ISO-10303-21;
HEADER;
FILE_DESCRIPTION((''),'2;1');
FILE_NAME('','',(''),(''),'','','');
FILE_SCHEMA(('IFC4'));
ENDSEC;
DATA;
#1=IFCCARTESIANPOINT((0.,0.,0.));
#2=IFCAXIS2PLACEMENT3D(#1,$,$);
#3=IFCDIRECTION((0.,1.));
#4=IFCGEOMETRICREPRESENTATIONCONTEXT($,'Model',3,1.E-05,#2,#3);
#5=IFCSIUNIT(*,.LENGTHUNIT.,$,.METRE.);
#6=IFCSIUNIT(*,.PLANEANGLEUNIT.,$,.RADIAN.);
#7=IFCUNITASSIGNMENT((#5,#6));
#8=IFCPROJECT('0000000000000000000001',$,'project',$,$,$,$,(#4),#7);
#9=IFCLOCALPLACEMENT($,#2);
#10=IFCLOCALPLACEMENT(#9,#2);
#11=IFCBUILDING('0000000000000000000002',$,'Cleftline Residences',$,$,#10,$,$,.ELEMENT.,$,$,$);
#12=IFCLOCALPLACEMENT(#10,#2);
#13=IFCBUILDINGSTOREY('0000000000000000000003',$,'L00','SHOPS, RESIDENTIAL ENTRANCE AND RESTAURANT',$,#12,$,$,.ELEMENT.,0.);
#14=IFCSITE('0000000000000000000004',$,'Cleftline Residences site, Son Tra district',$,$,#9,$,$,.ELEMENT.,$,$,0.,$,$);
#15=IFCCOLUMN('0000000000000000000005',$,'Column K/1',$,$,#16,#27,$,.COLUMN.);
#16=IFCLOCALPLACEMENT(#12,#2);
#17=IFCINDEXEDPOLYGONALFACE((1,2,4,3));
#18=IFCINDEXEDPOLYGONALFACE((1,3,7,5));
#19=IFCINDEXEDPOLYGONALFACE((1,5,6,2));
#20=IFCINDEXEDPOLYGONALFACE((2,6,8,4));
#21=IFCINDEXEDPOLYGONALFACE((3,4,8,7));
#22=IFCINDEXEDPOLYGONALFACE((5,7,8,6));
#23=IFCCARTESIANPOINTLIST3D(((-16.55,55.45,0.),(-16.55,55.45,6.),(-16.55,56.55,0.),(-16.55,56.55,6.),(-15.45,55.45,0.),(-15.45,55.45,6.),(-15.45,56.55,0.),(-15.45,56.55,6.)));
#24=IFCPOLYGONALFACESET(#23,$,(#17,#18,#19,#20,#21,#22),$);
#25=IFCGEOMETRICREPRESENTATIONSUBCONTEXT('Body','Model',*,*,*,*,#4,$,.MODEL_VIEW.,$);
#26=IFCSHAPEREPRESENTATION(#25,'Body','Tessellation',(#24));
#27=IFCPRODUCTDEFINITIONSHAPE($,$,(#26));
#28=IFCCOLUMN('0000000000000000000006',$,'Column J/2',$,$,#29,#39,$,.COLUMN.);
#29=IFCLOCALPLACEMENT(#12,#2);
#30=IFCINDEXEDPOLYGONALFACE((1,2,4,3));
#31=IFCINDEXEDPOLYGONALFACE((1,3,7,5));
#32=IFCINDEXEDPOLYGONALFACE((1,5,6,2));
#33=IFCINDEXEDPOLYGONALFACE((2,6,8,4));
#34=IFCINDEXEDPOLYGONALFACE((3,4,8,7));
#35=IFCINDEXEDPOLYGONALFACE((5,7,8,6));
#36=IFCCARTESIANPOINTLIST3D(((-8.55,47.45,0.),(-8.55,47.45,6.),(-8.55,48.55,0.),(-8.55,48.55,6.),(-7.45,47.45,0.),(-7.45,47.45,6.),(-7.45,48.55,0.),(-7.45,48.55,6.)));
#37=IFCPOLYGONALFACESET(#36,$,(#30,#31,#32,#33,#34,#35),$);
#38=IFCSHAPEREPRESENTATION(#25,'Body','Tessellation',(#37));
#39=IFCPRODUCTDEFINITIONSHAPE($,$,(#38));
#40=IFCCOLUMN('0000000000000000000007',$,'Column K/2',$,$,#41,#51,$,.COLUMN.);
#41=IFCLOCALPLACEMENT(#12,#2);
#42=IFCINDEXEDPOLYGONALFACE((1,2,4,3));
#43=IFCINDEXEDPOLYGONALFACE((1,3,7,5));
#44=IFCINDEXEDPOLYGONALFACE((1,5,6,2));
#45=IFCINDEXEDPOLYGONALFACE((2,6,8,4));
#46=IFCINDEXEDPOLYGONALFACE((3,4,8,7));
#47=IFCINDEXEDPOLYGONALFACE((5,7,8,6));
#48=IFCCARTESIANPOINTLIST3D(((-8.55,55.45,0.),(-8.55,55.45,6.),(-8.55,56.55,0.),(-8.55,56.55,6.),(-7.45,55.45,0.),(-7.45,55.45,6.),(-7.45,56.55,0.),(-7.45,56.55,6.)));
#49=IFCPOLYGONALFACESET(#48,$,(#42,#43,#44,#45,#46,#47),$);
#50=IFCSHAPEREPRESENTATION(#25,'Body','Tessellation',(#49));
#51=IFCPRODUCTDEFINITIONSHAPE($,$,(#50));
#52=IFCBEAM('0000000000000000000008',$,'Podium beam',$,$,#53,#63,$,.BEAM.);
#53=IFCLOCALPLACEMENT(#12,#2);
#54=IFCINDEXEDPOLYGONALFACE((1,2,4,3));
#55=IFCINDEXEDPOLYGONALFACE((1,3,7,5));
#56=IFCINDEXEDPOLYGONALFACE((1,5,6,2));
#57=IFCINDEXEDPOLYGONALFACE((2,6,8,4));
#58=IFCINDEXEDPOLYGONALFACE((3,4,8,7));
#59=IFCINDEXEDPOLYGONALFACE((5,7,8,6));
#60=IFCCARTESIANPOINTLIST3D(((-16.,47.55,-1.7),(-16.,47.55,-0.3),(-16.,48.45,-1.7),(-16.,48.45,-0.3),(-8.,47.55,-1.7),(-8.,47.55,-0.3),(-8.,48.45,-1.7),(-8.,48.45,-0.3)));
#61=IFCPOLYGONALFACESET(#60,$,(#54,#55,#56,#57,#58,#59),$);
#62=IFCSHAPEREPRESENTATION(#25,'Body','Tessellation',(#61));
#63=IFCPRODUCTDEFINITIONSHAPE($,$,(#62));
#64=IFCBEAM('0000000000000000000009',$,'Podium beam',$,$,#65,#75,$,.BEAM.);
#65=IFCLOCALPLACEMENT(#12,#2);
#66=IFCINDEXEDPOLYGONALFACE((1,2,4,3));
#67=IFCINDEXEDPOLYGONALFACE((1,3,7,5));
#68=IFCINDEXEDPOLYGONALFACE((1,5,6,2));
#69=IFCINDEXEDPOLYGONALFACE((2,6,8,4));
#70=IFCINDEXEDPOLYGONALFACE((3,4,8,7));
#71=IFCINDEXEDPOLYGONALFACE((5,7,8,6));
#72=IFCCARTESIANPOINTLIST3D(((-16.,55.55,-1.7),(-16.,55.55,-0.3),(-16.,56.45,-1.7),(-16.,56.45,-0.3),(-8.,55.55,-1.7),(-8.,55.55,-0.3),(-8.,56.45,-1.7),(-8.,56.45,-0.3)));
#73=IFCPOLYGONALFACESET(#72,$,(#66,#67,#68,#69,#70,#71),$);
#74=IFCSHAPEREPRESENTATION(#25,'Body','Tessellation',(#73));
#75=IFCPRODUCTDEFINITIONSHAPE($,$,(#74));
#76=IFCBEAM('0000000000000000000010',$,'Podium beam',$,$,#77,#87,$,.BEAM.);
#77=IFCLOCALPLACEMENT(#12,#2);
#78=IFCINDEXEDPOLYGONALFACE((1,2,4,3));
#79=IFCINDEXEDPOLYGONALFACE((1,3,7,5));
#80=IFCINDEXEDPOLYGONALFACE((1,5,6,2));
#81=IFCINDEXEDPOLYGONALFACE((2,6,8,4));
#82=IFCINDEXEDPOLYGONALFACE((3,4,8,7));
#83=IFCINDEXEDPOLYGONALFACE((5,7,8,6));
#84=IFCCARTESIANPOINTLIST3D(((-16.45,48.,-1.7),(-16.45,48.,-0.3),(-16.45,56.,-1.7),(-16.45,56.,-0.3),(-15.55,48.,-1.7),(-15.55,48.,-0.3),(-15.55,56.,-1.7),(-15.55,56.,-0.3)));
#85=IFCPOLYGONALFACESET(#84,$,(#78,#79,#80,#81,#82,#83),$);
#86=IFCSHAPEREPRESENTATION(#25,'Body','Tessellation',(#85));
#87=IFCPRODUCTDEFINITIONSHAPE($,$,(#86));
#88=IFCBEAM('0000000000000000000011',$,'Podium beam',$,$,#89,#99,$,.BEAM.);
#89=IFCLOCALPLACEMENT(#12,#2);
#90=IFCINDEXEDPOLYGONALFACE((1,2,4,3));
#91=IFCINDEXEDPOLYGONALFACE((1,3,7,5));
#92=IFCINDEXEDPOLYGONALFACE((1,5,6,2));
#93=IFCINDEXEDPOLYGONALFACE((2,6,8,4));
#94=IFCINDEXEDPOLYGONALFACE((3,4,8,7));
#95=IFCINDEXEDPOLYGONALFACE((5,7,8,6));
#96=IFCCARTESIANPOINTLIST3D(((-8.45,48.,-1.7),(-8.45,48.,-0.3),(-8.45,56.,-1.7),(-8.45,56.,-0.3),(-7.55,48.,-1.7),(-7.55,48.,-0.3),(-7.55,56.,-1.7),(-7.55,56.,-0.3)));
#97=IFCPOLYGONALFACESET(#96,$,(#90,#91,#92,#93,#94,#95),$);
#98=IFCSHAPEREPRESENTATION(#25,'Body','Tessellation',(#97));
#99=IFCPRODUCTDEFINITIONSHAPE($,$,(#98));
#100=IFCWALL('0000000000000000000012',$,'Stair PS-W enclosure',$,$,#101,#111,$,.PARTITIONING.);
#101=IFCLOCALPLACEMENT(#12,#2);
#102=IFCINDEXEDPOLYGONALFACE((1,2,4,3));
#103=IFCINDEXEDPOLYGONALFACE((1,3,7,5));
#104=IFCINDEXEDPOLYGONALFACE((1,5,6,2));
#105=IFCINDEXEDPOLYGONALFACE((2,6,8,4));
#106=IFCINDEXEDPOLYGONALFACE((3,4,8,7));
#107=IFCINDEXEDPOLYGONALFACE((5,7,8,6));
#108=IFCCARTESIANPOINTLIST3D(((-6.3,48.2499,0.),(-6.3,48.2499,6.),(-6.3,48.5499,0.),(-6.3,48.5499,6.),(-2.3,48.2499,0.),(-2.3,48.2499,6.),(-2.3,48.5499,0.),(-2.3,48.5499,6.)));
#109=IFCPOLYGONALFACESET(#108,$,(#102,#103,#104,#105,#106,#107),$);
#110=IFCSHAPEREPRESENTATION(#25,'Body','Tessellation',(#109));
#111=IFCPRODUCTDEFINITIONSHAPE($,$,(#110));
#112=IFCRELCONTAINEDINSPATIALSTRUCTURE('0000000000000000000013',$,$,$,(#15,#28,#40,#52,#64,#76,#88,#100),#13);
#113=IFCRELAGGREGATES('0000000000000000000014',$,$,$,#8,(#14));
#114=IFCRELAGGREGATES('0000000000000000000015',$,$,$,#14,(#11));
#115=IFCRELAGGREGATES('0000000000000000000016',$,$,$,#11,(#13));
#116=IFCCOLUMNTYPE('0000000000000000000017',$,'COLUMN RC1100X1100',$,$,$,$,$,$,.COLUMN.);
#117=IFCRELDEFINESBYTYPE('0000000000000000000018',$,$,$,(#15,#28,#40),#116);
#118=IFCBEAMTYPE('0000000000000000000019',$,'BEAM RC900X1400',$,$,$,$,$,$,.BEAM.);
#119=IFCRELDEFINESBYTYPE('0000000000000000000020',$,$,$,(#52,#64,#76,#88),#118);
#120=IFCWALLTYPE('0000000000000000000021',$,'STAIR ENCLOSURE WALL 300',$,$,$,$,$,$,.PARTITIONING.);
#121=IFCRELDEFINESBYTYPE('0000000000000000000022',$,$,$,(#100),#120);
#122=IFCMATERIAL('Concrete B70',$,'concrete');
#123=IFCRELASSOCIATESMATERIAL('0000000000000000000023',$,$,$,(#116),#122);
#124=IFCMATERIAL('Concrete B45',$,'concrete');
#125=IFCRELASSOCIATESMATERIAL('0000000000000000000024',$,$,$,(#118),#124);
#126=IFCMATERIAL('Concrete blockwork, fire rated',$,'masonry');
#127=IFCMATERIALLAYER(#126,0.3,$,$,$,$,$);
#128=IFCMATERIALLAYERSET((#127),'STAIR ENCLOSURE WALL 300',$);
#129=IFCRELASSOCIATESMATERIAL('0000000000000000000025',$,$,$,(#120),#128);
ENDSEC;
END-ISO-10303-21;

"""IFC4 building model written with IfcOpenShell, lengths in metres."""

from ifc_helpers import new_model, si_unit, direction, frame, frame_2d, origin, origin_2d, place, context, subcontext, project, spatial, rectangle, extrude, material, layer, layer_set, material_profile, profile_set, type_object, element, save


model = new_model("IFC4")

# Units and contexts
model_context = context("Model", 3, precision=1e-05, world=origin(), true_north=direction((0.0, 1.0)))
body_context = subcontext(model_context, "Body", "Model", "MODEL_VIEW")
ifc_project = project(units=[si_unit("LENGTHUNIT", "METRE"), si_unit("PLANEANGLEUNIT", "RADIAN")], contexts=[model_context])

# Site, building, storey
site_placement = place(None, origin())
site = spatial("IfcSite", under=ifc_project, at=site_placement, Name="Cleftline Residences site, Son Tra district", CompositionType="ELEMENT", RefElevation=0.0)
building_placement = place(site_placement, origin())
building = spatial("IfcBuilding", under=site, at=building_placement, Name="Cleftline Residences", CompositionType="ELEMENT")
storey_placement = place(building_placement, origin())
storey = spatial("IfcBuildingStorey", under=building, at=storey_placement, Name="L00", Description="SHOPS, RESIDENTIAL ENTRANCE AND RESTAURANT", CompositionType="ELEMENT", Elevation=0.0)

# Columns
ifc_material_1 = material(Name="Concrete B70", Category="concrete")
ifc_material_profile_1 = material_profile(ifc_material_1, rectangle(XDim=1.1001, YDim=1.1001, at=origin_2d()))
ifc_profile_set_1 = profile_set([ifc_material_profile_1], Name="Concrete B70")
column_type = type_object("IfcColumnType", Name="COLUMN RC1100X1100", PredefinedType="COLUMN", material=ifc_profile_set_1)
for number, where, z_axis, x_axis, name in (
    (1, (-16.0, 56.0, 0.0), (0.0, 0.0, 1.0), (1.0, 0.0, 0.0), "Column K/1"),
    (2, (-8.0, 48.0, 0.0), (0.0, 0.0, 1.0), (1.0, 0.0, 0.0), "Column J/2"),
    (3, (-8.0, 56.0, 0.0), (0.0, 0.0, 1.0), (1.0, 0.0, 0.0), "Column K/2"),
):
    element("IfcColumn", number, at=place(storey_placement, frame(where, z_axis=z_axis, x_axis=x_axis)), inside=storey, type_object=column_type, Name=name, PredefinedType="COLUMN", context=body_context, shape_type="SweptSolid", body=[
        extrude(rectangle(XDim=1.1001, YDim=1.1001, at=origin_2d()), origin(), (0.0, 0.0, 1.0), 6.0),
    ])

# Beams
ifc_material_2 = material(Name="Concrete B45", Category="concrete")
ifc_material_profile_2 = material_profile(ifc_material_2, rectangle(XDim=0.8999, YDim=1.3999, at=origin_2d()))
ifc_profile_set_2 = profile_set([ifc_material_profile_2], Name="Concrete B45")
beam_type = type_object("IfcBeamType", Name="BEAM RC900X1400", PredefinedType="BEAM", material=ifc_profile_set_2)
for number, where, z_axis, x_axis, name in (
    (4, (-16.0, 48.0, -1.0), (1.0, 0.0, 0.0), (0.0, 1.0, 0.0), "Podium beam"),
    (5, (-16.0, 56.0, -1.0), (1.0, 0.0, 0.0), (0.0, 1.0, 0.0), "Podium beam"),
    (6, (-16.0, 48.0, -1.0), (0.0, 1.0, 0.0), (-1.0, 0.0, 0.0), "Podium beam"),
    (7, (-8.0, 48.0, -1.0), (0.0, 1.0, 0.0), (-1.0, 0.0, 0.0), "Podium beam"),
):
    element("IfcBeam", number, at=place(storey_placement, frame(where, z_axis=z_axis, x_axis=x_axis)), inside=storey, type_object=beam_type, Name=name, PredefinedType="BEAM", context=body_context, shape_type="SweptSolid", body=[
        extrude(rectangle(XDim=0.8999, YDim=1.3999, at=origin_2d()), origin(), (0.0, 0.0, 1.0), 8.0),
    ])

# Wall
ifc_material_3 = material(Name="Concrete blockwork, fire rated", Category="masonry")
ifc_layer_1 = layer(ifc_material_3, 0.3)
ifc_layer_set_1 = layer_set([ifc_layer_1], Name="STAIR ENCLOSURE WALL 300")
wall_type_1 = type_object("IfcWallType", Name="STAIR ENCLOSURE WALL 300", PredefinedType="PARTITIONING", material=ifc_layer_set_1)
wall_1_placement = place(storey_placement, frame((-6.3, 48.3999, 0.0), z_axis=(0.0, 0.0, 1.0), x_axis=(1.0, 0.0, 0.0)))
element("IfcWall", 8, at=wall_1_placement, inside=storey, type_object=wall_type_1, Name="Stair PS-W enclosure", PredefinedType="PARTITIONING", context=body_context, shape_type="SweptSolid", body=[
    extrude(rectangle(XDim=4.0, YDim=0.3, at=frame_2d((2.0, 0.0))), origin(), (0.0, 0.0, 1.0), 6.0),
])

save(model, "model.ifc")
